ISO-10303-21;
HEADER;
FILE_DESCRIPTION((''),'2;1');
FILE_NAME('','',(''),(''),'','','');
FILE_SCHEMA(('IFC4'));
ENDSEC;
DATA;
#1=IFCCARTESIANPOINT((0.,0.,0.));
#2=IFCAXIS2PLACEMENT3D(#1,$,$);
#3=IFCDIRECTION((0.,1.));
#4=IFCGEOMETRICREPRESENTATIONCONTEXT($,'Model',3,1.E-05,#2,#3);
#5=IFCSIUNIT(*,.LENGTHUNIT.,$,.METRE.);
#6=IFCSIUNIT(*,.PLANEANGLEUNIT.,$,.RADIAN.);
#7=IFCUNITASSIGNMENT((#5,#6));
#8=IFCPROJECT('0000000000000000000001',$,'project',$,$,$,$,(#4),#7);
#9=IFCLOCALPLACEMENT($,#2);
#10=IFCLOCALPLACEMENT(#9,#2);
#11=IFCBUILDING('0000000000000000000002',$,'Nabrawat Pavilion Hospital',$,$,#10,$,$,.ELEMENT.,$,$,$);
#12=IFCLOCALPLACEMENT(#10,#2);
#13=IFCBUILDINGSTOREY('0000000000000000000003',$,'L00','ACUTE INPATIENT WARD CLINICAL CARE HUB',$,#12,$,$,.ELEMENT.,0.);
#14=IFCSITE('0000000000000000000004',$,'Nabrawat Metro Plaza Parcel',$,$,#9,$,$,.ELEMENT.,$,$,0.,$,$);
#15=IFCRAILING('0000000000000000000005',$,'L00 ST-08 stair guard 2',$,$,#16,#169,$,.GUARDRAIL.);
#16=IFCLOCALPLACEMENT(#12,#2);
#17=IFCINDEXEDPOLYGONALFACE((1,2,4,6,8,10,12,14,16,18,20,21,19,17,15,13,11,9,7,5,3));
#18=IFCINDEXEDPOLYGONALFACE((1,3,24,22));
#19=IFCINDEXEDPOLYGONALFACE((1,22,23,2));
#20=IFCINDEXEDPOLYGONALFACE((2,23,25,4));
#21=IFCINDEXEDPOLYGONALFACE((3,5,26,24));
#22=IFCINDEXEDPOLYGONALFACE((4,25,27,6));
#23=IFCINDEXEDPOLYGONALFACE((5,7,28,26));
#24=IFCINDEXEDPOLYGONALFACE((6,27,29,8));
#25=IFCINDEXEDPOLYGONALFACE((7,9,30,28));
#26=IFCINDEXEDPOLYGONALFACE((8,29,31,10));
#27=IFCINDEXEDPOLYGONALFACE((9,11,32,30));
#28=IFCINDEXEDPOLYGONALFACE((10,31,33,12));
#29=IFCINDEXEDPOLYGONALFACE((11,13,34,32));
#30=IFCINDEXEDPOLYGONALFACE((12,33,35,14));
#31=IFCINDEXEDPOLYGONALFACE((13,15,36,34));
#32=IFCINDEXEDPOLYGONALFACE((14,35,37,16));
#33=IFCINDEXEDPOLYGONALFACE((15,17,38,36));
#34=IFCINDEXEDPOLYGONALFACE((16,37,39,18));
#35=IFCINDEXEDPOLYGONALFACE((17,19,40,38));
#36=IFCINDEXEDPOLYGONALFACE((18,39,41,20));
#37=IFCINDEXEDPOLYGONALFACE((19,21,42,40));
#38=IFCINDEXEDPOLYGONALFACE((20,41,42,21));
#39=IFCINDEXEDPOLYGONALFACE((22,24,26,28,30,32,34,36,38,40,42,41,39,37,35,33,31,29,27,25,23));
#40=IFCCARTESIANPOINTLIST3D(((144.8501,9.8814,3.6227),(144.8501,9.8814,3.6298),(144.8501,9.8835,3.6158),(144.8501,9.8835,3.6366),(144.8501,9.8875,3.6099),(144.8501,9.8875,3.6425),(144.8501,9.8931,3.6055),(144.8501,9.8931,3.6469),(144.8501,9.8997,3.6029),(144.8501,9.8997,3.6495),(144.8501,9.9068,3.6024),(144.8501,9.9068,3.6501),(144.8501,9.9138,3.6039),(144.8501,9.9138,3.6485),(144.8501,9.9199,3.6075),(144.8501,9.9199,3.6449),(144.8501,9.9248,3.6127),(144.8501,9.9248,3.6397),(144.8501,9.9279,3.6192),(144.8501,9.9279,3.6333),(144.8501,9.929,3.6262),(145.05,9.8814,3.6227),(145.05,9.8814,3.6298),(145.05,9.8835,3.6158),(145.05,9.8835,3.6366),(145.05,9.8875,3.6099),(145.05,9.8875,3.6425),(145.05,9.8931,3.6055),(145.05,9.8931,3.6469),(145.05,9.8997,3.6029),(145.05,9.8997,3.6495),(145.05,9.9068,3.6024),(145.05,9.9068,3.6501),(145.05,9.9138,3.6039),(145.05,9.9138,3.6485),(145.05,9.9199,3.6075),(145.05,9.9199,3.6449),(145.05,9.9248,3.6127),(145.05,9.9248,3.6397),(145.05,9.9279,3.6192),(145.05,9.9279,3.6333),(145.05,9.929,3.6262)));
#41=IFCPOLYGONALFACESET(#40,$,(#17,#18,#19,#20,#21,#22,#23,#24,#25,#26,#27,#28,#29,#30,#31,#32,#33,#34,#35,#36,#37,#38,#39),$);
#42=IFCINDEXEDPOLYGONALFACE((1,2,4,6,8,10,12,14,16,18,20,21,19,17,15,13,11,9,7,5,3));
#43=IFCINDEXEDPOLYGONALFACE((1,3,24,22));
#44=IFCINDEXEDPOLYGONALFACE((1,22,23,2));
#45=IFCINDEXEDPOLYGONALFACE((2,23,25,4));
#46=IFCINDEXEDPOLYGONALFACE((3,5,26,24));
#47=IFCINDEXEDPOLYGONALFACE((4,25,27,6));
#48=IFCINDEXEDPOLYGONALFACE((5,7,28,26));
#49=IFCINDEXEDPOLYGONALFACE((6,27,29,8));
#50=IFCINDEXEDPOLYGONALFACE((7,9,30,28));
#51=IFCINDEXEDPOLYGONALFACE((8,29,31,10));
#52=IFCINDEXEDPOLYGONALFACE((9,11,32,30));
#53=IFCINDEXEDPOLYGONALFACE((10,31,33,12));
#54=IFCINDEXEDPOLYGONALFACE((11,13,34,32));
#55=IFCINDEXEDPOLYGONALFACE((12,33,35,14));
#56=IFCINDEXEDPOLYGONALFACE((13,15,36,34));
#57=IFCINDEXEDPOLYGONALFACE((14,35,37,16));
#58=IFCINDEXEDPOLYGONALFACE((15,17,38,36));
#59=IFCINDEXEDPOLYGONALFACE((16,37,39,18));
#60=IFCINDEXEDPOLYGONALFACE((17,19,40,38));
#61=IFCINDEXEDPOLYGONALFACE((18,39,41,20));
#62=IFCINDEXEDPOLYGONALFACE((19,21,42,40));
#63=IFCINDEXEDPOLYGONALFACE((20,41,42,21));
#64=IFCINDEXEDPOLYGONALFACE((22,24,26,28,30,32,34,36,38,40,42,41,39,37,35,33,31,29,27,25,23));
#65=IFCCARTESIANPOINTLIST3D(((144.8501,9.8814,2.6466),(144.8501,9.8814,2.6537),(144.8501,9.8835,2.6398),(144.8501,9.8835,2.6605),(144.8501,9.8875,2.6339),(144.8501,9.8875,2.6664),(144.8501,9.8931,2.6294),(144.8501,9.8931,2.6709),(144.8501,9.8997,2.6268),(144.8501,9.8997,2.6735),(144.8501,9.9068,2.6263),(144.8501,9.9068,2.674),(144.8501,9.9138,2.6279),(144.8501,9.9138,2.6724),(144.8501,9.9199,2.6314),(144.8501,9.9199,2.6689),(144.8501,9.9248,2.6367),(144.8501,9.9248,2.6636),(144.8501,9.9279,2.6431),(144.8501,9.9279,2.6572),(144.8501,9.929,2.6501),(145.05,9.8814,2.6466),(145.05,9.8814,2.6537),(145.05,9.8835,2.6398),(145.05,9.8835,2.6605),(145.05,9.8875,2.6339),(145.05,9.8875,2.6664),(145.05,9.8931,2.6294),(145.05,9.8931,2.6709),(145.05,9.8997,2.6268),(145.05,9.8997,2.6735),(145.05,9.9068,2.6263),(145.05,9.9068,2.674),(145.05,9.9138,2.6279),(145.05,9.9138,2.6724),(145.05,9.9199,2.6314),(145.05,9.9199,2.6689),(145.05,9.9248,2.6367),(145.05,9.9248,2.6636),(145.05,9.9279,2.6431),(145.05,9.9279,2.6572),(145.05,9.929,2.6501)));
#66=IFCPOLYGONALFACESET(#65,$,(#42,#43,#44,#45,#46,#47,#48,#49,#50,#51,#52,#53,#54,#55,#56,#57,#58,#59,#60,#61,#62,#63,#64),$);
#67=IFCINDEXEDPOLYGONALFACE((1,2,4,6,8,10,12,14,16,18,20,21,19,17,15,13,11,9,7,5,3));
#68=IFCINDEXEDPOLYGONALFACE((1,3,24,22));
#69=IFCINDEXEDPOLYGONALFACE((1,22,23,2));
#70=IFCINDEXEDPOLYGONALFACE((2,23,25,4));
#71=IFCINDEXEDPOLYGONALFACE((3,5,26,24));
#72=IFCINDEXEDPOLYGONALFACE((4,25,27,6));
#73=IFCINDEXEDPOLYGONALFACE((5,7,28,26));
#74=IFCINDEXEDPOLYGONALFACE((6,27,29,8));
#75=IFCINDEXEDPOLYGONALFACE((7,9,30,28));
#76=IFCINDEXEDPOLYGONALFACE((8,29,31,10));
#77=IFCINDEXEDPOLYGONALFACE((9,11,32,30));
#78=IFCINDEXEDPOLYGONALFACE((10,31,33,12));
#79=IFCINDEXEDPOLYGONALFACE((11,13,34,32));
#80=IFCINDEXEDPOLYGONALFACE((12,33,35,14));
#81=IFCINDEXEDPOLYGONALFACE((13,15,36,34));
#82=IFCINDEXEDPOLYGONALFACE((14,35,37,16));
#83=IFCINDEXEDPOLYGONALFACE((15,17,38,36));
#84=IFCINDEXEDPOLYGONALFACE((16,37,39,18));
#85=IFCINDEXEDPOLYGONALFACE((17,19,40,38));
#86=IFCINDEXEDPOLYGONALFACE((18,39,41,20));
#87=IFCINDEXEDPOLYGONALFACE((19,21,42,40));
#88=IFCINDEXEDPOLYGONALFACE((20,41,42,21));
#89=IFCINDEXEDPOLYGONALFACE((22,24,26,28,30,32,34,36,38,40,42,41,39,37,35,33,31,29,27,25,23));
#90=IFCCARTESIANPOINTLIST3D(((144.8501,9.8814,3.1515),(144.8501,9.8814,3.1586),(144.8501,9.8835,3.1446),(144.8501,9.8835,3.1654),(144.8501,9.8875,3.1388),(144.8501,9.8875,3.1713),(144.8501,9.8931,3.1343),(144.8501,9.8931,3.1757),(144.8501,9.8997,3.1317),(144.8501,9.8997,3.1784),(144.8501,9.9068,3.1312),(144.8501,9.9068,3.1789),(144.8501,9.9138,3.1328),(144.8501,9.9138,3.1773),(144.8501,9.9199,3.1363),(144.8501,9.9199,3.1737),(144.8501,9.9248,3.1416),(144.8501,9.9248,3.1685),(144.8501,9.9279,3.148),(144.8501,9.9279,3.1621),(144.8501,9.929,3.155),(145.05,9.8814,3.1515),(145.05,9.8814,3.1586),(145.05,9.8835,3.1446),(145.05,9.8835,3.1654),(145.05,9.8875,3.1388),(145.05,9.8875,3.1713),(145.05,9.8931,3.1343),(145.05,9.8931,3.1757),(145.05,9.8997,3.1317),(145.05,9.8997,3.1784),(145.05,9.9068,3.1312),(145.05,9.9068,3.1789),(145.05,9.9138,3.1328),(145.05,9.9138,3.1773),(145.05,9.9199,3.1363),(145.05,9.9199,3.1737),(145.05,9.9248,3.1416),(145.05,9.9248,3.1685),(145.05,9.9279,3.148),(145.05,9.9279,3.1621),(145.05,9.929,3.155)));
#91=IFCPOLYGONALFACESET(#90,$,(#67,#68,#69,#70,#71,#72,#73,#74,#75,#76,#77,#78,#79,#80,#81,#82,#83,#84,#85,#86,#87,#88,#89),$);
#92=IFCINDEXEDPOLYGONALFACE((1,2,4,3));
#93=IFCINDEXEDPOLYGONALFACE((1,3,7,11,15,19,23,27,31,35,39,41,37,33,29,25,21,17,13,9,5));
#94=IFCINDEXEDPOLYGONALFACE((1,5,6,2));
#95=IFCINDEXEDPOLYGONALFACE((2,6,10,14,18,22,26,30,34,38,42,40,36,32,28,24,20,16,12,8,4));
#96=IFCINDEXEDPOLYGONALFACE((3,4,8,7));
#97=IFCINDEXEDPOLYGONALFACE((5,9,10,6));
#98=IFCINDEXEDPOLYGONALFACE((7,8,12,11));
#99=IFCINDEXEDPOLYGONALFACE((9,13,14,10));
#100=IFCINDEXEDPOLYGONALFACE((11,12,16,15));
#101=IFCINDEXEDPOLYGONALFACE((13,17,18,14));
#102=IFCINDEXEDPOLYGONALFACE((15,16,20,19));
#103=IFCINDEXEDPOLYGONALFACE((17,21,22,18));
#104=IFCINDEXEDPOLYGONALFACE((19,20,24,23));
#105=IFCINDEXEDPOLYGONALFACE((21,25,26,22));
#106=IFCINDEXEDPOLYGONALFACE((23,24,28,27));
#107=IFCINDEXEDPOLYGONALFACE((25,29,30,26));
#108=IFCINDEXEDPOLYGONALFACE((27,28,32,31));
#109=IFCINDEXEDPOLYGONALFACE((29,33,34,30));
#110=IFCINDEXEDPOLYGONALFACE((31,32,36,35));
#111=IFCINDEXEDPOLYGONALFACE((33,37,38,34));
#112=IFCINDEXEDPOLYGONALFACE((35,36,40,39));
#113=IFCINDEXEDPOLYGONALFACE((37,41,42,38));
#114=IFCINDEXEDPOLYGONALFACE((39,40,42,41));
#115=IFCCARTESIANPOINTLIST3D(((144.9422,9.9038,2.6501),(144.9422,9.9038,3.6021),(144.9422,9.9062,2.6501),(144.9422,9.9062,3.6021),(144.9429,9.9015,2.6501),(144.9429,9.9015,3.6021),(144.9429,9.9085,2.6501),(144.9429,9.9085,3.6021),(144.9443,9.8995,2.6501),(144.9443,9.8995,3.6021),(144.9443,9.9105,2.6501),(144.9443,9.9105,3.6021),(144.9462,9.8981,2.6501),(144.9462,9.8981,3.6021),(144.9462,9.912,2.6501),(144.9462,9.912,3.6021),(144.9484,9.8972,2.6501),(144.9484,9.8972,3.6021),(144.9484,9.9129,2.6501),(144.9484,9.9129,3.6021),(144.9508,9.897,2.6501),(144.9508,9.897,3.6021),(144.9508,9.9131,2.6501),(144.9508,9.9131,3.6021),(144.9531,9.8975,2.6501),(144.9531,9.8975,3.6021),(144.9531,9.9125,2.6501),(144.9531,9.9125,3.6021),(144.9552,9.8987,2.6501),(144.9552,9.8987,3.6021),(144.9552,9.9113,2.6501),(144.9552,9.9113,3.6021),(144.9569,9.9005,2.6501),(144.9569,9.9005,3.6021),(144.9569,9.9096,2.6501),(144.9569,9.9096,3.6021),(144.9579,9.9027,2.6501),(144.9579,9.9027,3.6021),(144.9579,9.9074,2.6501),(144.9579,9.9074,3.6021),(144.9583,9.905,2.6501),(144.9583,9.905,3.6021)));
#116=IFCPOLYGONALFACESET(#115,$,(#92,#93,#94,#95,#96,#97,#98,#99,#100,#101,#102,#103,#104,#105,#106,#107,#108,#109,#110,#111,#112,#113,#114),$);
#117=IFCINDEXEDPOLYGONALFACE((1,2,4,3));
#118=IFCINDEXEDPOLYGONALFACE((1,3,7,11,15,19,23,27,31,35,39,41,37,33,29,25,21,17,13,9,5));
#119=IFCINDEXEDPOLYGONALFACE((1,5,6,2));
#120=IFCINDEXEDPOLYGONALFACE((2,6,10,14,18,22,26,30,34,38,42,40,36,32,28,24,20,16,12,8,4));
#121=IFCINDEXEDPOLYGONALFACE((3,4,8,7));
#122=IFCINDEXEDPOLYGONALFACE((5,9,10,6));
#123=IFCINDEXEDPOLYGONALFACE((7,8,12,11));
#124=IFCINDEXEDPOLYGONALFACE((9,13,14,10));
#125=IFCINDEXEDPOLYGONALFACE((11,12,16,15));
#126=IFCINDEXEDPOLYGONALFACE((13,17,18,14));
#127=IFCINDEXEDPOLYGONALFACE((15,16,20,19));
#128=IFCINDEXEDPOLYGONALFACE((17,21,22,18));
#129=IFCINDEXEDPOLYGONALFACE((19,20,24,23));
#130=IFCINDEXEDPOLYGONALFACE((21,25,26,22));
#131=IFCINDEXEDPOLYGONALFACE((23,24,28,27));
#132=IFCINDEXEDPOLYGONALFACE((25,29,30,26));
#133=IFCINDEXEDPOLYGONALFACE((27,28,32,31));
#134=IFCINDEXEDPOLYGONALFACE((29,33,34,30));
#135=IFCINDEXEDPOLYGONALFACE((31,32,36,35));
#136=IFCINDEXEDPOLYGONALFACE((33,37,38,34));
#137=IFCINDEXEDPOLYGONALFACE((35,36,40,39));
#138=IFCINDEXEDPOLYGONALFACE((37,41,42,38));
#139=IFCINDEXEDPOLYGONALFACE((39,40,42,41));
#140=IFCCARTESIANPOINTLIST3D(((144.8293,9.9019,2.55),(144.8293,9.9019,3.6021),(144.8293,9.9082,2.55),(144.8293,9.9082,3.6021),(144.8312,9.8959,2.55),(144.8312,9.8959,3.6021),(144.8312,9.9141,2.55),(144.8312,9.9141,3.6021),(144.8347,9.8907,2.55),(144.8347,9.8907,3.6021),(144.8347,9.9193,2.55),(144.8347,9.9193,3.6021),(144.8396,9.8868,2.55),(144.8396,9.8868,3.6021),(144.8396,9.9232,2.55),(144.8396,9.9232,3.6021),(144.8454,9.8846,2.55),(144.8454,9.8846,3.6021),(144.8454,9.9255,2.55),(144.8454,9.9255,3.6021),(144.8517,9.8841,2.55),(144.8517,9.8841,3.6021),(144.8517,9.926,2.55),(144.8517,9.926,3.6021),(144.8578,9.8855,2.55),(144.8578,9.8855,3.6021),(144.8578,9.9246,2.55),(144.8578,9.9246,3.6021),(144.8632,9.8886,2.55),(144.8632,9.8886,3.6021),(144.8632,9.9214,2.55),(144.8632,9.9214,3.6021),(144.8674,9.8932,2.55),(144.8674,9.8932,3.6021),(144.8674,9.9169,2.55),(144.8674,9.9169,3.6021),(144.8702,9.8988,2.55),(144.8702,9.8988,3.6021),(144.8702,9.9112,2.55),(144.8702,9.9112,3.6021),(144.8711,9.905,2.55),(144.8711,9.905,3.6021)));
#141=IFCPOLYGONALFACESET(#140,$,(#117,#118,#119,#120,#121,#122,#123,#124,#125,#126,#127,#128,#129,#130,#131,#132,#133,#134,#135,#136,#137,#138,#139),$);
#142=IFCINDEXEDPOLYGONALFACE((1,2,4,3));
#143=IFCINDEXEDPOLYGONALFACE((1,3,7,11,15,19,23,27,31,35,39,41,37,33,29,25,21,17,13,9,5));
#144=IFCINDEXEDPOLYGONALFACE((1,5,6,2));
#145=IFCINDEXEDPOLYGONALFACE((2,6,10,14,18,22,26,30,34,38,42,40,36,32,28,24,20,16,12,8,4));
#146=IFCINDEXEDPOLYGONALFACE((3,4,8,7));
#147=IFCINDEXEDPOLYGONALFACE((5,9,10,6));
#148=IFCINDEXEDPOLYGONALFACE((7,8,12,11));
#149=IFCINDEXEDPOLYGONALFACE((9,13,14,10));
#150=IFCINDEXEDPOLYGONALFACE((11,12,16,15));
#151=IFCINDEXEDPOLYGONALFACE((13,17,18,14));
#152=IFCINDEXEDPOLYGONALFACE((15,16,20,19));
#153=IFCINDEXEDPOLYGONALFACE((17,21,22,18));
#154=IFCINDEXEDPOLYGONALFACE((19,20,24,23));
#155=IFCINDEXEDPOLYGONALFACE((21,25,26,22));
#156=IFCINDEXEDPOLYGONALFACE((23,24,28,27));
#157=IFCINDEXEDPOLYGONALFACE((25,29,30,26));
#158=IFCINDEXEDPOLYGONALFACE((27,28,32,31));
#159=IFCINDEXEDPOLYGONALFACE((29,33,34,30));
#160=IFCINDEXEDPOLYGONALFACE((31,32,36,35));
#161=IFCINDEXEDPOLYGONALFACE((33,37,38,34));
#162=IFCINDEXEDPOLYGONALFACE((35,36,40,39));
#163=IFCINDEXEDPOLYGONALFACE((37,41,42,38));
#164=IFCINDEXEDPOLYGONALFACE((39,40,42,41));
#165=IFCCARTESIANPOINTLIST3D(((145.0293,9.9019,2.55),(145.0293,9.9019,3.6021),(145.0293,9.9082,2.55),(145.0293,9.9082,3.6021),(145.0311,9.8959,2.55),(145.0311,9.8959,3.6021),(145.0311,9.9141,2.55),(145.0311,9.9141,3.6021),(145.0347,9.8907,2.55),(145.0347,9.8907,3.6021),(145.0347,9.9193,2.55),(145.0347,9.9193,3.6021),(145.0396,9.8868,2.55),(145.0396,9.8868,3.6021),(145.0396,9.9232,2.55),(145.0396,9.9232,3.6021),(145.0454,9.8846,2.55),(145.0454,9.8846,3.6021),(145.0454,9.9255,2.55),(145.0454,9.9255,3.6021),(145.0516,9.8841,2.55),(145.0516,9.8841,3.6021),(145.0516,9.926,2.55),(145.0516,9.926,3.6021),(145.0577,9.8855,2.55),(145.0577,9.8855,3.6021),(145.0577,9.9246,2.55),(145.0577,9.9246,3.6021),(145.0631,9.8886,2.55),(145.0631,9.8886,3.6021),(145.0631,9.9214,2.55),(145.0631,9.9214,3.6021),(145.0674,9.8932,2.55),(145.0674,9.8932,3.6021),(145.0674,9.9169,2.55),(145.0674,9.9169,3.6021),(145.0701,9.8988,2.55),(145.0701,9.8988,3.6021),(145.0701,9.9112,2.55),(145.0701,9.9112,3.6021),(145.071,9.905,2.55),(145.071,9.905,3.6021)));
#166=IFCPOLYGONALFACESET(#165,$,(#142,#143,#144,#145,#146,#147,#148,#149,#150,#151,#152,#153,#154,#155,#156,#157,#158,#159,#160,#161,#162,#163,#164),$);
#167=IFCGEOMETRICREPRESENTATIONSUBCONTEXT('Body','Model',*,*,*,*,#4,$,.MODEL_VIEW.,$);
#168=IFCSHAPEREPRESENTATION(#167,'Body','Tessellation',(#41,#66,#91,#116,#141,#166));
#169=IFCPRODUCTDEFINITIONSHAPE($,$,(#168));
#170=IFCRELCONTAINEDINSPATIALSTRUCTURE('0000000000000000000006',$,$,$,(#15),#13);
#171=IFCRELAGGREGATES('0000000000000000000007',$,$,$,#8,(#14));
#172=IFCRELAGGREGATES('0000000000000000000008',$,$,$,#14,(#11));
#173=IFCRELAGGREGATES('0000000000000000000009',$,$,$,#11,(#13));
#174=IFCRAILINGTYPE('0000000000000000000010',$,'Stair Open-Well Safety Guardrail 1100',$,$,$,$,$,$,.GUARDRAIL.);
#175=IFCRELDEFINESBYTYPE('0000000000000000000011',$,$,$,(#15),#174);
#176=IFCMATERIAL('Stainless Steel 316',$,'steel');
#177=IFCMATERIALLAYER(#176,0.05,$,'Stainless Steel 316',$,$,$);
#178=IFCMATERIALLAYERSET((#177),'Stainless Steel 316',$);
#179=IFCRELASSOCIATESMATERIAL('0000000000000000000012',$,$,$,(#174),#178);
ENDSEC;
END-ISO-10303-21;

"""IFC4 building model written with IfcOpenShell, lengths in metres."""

from ifc_helpers import new_model, si_unit, direction, frame, origin, origin_2d, place, context, subcontext, project, spatial, circle, extrude, material, layer, layer_set, type_object, element, save


model = new_model("IFC4")

# Units and contexts
model_context = context("Model", 3, precision=1e-05, world=origin(), true_north=direction((0.0, 1.0)))
body_context = subcontext(model_context, "Body", "Model", "MODEL_VIEW")
ifc_project = project(units=[si_unit("LENGTHUNIT", "METRE"), si_unit("PLANEANGLEUNIT", "RADIAN")], contexts=[model_context])

# Site, building, storey
site_placement = place(None, origin())
site = spatial("IfcSite", under=ifc_project, at=site_placement, Name="Nabrawat Metro Plaza Parcel", CompositionType="ELEMENT", RefElevation=0.0)
building_placement = place(site_placement, origin())
building = spatial("IfcBuilding", under=site, at=building_placement, Name="Nabrawat Pavilion Hospital", CompositionType="ELEMENT")
storey_placement = place(building_placement, origin())
storey = spatial("IfcBuildingStorey", under=building, at=storey_placement, Name="L00", Description="ACUTE INPATIENT WARD CLINICAL CARE HUB", CompositionType="ELEMENT", Elevation=0.0)

# Railing
ifc_material_1 = material(Name="Stainless Steel 316", Category="steel")
ifc_layer_1 = layer(ifc_material_1, 0.05, Name="Stainless Steel 316")
ifc_layer_set_1 = layer_set([ifc_layer_1], Name="Stainless Steel 316")
railing_type = type_object("IfcRailingType", Name="Stair Open-Well Safety Guardrail 1100", PredefinedType="GUARDRAIL", material=ifc_layer_set_1)
railing_1_placement = place(storey_placement, frame((144.8501, 9.905, 2.55)))
element("IfcRailing", 1, at=railing_1_placement, inside=storey, type_object=railing_type, Name="L00 ST-08 stair guard 2", PredefinedType="GUARDRAIL", context=body_context, shape_type="SweptSolid", body=[
    extrude(circle(Radius=0.0239, at=origin_2d()), frame((0.0, 0.0, 1.0762), z_axis=(1.0, 0.0, 0.0), x_axis=(0.0, 1.0, 0.0)), (0.0, 0.0, 1.0), 0.2),
    extrude(circle(Radius=0.0239, at=origin_2d()), frame((0.0, 0.0, 0.1001), z_axis=(1.0, 0.0, 0.0), x_axis=(0.0, 1.0, 0.0)), (0.0, 0.0, 1.0), 0.2),
    extrude(circle(Radius=0.0239, at=origin_2d()), frame((0.0, 0.0, 0.605), z_axis=(1.0, 0.0, 0.0), x_axis=(0.0, 1.0, 0.0)), (0.0, 0.0, 1.0), 0.2),
    extrude(circle(Radius=0.0081, at=origin_2d()), frame((0.1001, 0.0, 0.1001)), (0.0, 0.0, 1.0), 0.9519),
    extrude(circle(Radius=0.021, at=origin_2d()), origin(), (0.0, 0.0, 1.0), 1.052),
    extrude(circle(Radius=0.021, at=origin_2d()), frame((0.2, 0.0, 0.0)), (0.0, 0.0, 1.0), 1.052),
])

save(model, "model.ifc")
